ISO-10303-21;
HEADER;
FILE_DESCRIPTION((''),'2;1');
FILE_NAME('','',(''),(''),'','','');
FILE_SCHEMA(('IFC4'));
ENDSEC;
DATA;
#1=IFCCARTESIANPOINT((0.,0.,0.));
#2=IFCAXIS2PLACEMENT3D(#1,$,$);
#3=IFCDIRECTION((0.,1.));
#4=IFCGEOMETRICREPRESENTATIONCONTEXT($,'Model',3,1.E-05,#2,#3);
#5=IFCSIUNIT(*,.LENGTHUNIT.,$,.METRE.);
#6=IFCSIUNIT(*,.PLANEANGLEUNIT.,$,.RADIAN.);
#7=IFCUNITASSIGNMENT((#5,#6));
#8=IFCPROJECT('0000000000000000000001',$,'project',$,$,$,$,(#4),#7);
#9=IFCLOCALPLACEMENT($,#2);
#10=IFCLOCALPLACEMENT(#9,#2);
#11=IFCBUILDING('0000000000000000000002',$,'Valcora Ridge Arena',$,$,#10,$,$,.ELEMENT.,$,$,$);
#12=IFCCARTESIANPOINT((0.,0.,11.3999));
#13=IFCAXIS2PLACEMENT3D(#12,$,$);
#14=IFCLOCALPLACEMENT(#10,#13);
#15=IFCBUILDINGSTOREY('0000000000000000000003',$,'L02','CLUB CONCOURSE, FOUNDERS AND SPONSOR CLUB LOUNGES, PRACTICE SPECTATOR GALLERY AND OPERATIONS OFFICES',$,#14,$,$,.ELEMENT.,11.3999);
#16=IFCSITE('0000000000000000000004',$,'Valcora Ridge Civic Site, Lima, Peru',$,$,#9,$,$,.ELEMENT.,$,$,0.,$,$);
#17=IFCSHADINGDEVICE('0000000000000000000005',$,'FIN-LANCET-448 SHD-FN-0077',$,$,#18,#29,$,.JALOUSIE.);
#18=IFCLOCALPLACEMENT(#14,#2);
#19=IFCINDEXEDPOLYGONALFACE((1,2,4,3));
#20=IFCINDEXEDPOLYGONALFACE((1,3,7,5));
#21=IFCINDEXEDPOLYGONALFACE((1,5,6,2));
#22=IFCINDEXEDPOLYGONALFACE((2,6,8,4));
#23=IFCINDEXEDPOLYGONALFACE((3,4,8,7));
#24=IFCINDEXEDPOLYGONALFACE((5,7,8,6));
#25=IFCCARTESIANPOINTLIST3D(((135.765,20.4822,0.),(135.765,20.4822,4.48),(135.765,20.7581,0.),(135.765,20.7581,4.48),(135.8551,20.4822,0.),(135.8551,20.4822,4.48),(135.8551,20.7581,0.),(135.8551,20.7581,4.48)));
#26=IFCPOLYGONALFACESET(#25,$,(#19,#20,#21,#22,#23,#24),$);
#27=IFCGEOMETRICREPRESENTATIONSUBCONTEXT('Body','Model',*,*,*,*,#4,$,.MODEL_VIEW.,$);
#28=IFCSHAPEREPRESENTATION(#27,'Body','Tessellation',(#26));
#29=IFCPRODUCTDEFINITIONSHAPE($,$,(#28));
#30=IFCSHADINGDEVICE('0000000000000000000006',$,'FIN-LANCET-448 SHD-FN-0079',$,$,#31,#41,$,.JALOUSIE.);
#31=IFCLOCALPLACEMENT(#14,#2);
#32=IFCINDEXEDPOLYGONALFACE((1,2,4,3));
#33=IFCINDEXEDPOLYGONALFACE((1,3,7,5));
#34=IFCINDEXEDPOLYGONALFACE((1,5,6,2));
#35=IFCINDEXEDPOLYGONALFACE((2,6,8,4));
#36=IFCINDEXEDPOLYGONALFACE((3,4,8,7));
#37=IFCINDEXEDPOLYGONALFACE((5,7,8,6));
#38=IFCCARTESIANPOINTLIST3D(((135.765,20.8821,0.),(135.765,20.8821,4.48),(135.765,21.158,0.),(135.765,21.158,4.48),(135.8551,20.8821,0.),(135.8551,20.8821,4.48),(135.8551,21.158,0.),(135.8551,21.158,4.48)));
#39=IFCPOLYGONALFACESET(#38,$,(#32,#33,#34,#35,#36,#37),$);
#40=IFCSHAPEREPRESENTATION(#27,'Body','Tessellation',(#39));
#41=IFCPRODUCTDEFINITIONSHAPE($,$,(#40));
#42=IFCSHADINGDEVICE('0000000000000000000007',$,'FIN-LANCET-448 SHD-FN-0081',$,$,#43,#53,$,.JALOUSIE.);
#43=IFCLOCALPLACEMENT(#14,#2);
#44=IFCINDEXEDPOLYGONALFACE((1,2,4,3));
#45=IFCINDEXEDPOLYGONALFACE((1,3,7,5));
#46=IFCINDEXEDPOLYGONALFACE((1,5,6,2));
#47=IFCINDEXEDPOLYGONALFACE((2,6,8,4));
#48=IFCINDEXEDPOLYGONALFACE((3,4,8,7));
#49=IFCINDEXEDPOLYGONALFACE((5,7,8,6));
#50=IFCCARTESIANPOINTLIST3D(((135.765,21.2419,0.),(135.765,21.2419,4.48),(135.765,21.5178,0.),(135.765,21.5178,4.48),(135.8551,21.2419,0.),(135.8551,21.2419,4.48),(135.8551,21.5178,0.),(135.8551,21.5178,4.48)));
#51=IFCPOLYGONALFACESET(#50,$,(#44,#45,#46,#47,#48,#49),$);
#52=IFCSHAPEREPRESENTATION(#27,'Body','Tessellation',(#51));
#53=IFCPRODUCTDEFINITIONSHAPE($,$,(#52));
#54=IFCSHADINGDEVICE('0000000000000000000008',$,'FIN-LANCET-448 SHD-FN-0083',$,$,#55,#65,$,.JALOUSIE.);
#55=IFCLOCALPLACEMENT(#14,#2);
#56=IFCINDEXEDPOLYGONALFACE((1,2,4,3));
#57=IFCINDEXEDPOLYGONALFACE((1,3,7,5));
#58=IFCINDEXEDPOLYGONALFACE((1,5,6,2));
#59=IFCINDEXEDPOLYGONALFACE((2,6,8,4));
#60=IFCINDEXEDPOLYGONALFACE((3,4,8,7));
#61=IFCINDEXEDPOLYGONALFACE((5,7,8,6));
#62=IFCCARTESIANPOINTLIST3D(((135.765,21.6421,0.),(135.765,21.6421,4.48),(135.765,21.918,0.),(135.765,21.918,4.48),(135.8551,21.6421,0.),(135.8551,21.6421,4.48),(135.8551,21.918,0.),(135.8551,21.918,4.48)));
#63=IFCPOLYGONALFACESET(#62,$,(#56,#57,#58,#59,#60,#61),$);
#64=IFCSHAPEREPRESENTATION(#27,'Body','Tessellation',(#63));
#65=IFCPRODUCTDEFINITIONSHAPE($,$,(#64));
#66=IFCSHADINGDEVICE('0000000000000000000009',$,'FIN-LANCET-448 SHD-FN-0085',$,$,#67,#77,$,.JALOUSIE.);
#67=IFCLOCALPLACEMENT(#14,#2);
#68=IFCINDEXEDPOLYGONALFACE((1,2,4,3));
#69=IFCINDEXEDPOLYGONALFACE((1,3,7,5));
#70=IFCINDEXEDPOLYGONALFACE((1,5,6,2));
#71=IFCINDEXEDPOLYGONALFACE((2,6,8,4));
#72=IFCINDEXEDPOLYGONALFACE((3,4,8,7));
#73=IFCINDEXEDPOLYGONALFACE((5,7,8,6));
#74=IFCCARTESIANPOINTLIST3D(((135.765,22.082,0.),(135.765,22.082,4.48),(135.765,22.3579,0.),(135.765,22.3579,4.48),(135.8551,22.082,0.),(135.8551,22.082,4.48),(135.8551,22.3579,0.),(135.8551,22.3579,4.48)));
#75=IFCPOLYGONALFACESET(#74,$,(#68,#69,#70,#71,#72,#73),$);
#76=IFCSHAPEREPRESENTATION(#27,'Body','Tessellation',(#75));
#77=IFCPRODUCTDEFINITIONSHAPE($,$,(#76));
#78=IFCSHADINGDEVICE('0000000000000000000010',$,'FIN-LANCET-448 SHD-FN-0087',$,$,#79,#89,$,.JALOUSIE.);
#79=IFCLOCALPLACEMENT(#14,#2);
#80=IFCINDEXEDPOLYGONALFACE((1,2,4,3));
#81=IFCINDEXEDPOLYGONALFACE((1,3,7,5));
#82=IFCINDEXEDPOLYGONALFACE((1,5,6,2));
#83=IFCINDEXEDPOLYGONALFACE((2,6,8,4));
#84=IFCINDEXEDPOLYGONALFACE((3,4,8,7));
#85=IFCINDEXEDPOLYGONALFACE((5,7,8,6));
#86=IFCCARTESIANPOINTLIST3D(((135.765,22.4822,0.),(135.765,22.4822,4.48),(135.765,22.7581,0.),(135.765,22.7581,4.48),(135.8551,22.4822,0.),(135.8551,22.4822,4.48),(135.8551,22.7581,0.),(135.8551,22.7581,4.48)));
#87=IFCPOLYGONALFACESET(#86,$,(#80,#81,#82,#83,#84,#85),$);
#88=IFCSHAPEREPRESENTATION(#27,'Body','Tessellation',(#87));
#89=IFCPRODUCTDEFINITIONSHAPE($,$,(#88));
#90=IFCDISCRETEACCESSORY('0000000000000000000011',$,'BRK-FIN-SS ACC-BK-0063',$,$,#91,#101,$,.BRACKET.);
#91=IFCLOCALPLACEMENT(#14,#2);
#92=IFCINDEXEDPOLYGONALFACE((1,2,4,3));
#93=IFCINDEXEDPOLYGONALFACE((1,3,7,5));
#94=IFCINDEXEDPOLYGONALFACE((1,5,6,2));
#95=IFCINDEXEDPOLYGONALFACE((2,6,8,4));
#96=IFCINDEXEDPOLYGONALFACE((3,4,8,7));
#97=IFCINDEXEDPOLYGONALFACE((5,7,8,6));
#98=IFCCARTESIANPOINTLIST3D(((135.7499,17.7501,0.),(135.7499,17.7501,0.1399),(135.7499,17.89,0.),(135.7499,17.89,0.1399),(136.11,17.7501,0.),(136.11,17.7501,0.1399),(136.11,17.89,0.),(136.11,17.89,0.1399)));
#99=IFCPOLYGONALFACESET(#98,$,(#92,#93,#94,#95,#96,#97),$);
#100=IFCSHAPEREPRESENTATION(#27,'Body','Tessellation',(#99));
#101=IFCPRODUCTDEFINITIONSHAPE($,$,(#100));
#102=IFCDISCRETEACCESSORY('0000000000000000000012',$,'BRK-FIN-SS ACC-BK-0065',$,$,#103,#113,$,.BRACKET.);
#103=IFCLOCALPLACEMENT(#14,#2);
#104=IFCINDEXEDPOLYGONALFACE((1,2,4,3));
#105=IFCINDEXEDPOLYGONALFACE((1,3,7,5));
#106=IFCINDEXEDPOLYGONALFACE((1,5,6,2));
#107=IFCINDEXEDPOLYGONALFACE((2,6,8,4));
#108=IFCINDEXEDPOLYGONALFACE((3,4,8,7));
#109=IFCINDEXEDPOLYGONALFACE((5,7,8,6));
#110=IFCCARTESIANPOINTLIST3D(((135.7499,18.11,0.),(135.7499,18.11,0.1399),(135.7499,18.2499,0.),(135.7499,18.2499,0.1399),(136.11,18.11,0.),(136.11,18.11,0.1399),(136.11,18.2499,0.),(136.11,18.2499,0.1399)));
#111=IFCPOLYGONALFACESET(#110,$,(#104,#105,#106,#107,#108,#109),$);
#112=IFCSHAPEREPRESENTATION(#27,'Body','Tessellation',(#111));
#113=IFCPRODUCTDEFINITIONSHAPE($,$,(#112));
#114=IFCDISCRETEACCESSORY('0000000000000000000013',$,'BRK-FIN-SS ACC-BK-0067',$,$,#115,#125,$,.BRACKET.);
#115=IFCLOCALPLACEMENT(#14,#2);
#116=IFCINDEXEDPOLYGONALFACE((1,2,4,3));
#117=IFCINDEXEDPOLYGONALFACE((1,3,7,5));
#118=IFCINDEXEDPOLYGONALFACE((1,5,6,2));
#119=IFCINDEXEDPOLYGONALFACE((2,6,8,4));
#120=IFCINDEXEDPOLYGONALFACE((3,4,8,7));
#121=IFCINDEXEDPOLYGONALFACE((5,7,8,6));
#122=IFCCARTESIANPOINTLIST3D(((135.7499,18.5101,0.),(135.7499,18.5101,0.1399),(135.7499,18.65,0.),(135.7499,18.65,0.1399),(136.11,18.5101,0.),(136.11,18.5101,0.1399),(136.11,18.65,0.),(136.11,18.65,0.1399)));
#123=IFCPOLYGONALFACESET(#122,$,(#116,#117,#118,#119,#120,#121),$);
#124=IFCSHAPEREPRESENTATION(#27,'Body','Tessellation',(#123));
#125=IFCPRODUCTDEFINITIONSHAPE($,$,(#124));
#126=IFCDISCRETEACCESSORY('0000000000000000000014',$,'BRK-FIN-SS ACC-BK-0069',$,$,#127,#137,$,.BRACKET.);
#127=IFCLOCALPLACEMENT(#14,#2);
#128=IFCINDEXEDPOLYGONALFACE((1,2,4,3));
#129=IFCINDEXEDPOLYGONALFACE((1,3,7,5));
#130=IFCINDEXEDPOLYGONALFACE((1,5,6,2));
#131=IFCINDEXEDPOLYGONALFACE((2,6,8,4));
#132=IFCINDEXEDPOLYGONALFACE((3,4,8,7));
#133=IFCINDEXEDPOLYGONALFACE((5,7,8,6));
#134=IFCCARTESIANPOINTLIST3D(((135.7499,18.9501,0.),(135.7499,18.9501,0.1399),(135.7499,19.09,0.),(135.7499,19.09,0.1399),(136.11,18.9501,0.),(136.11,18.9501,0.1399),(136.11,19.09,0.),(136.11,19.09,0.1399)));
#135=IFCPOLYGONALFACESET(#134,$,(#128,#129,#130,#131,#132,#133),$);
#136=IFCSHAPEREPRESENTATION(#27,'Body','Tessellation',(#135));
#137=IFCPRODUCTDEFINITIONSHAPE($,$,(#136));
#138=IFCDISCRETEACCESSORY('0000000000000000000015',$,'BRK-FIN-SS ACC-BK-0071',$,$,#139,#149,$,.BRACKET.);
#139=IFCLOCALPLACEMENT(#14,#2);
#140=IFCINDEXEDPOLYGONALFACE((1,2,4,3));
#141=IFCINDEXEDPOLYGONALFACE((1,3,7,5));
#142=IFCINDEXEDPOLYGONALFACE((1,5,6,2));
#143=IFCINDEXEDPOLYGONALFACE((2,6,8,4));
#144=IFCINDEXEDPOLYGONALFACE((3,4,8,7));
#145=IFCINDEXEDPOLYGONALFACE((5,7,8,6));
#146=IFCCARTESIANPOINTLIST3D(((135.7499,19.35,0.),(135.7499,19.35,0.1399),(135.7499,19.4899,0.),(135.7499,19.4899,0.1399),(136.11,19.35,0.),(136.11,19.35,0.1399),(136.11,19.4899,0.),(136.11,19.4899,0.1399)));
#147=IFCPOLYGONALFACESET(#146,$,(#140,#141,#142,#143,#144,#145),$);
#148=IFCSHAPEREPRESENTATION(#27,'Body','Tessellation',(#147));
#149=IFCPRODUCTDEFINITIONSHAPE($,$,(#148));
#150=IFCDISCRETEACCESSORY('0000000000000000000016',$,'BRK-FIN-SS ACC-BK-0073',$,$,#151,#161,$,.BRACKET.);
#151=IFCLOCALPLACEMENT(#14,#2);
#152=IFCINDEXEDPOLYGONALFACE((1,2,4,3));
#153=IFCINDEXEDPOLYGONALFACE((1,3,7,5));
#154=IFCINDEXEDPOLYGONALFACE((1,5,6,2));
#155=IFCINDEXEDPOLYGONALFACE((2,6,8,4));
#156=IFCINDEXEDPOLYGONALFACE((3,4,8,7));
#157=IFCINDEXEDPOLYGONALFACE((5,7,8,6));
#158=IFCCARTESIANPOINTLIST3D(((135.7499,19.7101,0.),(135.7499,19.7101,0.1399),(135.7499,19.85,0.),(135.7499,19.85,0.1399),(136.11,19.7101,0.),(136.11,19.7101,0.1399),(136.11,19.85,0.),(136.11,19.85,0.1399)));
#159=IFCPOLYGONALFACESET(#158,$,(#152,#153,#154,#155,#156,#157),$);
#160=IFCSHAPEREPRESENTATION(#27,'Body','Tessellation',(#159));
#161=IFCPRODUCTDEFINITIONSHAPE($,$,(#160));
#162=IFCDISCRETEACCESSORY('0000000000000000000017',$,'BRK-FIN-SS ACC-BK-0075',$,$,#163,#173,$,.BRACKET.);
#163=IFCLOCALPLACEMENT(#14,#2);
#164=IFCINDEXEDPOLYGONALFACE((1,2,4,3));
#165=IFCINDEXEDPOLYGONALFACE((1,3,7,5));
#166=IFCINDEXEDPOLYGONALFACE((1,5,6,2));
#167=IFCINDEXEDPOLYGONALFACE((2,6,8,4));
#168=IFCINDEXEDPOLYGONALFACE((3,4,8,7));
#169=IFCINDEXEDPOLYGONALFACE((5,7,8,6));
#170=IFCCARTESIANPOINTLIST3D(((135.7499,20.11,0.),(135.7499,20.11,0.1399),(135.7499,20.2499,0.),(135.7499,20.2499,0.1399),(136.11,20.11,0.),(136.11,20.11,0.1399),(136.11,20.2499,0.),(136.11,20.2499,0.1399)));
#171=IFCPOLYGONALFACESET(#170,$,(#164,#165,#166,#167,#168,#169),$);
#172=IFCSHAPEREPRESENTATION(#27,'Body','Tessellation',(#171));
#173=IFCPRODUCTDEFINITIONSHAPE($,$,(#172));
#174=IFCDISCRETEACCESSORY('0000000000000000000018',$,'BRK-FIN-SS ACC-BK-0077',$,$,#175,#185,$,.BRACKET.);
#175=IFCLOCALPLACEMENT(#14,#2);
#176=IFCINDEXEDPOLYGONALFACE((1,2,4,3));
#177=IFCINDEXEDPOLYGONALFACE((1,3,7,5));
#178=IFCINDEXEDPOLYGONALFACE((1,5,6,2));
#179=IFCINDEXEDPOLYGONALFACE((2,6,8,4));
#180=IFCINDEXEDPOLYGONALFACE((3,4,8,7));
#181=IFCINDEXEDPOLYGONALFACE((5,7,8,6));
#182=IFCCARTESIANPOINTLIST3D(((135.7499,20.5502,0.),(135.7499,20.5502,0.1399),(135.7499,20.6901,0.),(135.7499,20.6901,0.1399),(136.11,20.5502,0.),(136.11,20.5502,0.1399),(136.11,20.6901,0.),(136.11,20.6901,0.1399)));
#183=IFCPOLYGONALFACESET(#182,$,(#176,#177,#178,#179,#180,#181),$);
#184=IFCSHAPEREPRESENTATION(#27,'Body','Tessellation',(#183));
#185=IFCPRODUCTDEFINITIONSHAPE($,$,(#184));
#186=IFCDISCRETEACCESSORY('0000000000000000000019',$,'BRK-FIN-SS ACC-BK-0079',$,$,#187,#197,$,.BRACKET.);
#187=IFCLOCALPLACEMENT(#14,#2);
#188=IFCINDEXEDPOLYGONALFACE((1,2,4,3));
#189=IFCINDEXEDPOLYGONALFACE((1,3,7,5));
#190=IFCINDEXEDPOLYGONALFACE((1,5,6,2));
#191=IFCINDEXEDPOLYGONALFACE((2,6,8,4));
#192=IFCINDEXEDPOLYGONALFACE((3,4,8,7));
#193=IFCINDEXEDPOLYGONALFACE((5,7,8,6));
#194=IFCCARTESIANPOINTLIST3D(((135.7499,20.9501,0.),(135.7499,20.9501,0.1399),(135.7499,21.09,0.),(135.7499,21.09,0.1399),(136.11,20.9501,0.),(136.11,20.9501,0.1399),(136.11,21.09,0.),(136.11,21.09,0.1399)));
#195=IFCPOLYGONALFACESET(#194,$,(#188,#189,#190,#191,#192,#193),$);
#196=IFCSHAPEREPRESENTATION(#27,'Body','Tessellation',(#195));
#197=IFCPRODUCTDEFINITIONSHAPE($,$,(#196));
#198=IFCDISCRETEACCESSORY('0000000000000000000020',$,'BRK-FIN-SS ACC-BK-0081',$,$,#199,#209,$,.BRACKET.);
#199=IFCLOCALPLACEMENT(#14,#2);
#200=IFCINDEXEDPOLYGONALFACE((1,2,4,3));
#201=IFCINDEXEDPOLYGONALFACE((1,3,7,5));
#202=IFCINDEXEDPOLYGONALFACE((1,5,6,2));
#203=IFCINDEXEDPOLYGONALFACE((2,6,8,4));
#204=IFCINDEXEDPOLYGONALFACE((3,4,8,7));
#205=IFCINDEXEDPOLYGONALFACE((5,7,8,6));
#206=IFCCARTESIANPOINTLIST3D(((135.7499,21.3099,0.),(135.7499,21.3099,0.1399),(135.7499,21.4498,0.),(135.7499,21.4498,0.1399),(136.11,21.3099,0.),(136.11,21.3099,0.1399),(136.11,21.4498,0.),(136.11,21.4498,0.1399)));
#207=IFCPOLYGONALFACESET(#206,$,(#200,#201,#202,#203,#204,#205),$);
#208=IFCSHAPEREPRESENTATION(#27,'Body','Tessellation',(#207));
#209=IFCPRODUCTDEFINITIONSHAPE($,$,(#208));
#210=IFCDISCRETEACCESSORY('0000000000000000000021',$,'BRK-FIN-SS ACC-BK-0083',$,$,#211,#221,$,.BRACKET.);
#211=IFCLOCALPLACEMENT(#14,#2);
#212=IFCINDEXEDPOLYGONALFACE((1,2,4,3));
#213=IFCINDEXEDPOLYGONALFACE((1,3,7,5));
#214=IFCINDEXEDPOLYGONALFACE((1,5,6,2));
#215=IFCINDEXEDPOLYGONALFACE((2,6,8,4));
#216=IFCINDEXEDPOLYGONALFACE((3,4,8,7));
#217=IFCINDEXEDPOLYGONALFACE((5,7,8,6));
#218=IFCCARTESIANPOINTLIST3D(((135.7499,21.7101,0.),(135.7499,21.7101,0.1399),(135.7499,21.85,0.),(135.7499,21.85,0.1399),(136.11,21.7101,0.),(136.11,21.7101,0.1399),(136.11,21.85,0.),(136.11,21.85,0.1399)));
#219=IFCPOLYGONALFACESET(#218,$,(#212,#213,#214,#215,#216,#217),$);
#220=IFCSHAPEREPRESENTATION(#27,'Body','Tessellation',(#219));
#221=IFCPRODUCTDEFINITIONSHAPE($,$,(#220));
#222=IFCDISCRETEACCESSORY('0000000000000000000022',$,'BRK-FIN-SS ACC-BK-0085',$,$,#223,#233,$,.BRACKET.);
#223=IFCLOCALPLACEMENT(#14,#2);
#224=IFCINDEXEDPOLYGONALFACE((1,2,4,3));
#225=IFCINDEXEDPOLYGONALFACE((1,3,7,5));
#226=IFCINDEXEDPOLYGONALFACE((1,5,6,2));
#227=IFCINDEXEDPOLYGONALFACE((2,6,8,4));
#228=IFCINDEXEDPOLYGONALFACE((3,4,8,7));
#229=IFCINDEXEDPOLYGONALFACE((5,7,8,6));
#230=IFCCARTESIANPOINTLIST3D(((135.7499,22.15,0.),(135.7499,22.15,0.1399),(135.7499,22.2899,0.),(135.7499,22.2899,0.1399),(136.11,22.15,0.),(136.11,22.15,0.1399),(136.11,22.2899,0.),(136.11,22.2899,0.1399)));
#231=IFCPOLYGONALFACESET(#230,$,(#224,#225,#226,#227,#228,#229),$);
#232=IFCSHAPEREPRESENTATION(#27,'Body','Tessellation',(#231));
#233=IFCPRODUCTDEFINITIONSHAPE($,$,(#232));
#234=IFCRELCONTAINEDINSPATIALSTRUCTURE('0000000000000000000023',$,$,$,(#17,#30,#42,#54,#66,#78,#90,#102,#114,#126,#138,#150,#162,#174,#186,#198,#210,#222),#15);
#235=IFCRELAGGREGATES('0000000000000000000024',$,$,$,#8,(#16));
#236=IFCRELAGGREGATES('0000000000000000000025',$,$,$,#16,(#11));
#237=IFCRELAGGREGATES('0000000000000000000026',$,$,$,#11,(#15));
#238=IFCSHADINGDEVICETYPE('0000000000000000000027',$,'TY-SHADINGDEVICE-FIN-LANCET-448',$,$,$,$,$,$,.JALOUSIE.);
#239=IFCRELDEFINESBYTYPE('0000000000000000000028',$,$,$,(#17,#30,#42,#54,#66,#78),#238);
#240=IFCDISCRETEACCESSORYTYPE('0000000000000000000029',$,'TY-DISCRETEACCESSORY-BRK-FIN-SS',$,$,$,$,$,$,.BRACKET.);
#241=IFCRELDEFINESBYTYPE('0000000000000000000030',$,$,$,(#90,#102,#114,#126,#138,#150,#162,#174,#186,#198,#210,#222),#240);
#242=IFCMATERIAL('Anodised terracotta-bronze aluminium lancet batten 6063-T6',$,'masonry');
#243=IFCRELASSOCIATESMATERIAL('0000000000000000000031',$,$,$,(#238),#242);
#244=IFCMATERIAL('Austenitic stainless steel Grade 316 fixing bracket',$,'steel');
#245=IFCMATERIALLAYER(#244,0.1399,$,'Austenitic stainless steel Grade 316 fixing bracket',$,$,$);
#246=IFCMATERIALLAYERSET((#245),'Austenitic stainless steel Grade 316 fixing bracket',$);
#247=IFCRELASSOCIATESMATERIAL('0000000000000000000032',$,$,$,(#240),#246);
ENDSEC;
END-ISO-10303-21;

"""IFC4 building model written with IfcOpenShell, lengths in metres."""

from ifc_helpers import new_model, si_unit, direction, frame, origin, origin_2d, place, context, subcontext, project, spatial, rectangle, extrude, material, layer, layer_set, material_profile, profile_set, type_object, element, save


model = new_model("IFC4")

# Units and contexts
model_context = context("Model", 3, precision=1e-05, world=origin(), true_north=direction((0.0, 1.0)))
body_context = subcontext(model_context, "Body", "Model", "MODEL_VIEW")
ifc_project = project(units=[si_unit("LENGTHUNIT", "METRE"), si_unit("PLANEANGLEUNIT", "RADIAN")], contexts=[model_context])

# Site, building, storey
site_placement = place(None, origin())
site = spatial("IfcSite", under=ifc_project, at=site_placement, Name="Valcora Ridge Civic Site, Lima, Peru", CompositionType="ELEMENT", RefElevation=0.0)
building_placement = place(site_placement, origin())
building = spatial("IfcBuilding", under=site, at=building_placement, Name="Valcora Ridge Arena", CompositionType="ELEMENT")
storey_placement = place(building_placement, frame((0.0, 0.0, 11.3999)))
storey = spatial("IfcBuildingStorey", under=building, at=storey_placement, Name="L02", Description="CLUB CONCOURSE, FOUNDERS AND SPONSOR CLUB LOUNGES, PRACTICE SPECTATOR GALLERY AND OPERATIONS OFFICES", CompositionType="ELEMENT", Elevation=11.3999)

# Shared definitions
ifc_material_1 = material(Name="Anodised terracotta-bronze aluminium lancet batten 6063-T6", Category="masonry")

# Shading devices
ifc_material_profile = material_profile(ifc_material_1, rectangle(XDim=0.0901, YDim=0.2759, at=origin_2d()), Name="ALU LANCET BATTEN 90x276")
ifc_profile_set = profile_set([ifc_material_profile], Name="Anodised terracotta-bronze aluminium lancet batten 6063-T6")
shading_device_type = type_object("IfcShadingDeviceType", Name="TY-SHADINGDEVICE-FIN-LANCET-448", PredefinedType="JALOUSIE", material=ifc_profile_set)
for number, where, z_axis, x_axis, name in (
    (1, (135.8101, 20.6201, 0.0), (0.0, 0.0, 1.0), (1.0, 0.0, 0.0), "FIN-LANCET-448 SHD-FN-0077"),
    (2, (135.8101, 21.02, 0.0), (0.0, 0.0, 1.0), (1.0, 0.0, 0.0), "FIN-LANCET-448 SHD-FN-0079"),
    (3, (135.8101, 21.3799, 0.0), (0.0, 0.0, 1.0), (1.0, 0.0, 0.0), "FIN-LANCET-448 SHD-FN-0081"),
    (4, (135.8101, 21.78, 0.0), (0.0, 0.0, 1.0), (1.0, 0.0, 0.0), "FIN-LANCET-448 SHD-FN-0083"),
    (5, (135.8101, 22.22, 0.0), (0.0, 0.0, 1.0), (1.0, 0.0, 0.0), "FIN-LANCET-448 SHD-FN-0085"),
    (6, (135.8101, 22.6201, 0.0), (0.0, 0.0, 1.0), (1.0, 0.0, 0.0), "FIN-LANCET-448 SHD-FN-0087"),
):
    element("IfcShadingDevice", number, at=place(storey_placement, frame(where, z_axis=z_axis, x_axis=x_axis)), inside=storey, type_object=shading_device_type, Name=name, PredefinedType="JALOUSIE", context=body_context, shape_type="SweptSolid", body=[
        extrude(rectangle(XDim=0.0901, YDim=0.2759, at=origin_2d()), origin(), (0.0, 0.0, 1.0), 4.48),
    ])

# Discrete accessories
ifc_material_2 = material(Name="Austenitic stainless steel Grade 316 fixing bracket", Category="steel")
ifc_layer_1 = layer(ifc_material_2, 0.1399, Name="Austenitic stainless steel Grade 316 fixing bracket")
ifc_layer_set_1 = layer_set([ifc_layer_1], Name="Austenitic stainless steel Grade 316 fixing bracket")
discrete_accessory_type = type_object("IfcDiscreteAccessoryType", Name="TY-DISCRETEACCESSORY-BRK-FIN-SS", PredefinedType="BRACKET", material=ifc_layer_set_1)
for number, where, z_axis, x_axis, name in (
    (7, (135.9299, 17.8201, 0.0), (0.0, 0.0, 1.0), (1.0, 0.0, 0.0), "BRK-FIN-SS ACC-BK-0063"),
    (8, (135.9299, 18.1799, 0.0), (0.0, 0.0, 1.0), (1.0, 0.0, 0.0), "BRK-FIN-SS ACC-BK-0065"),
    (9, (135.9299, 18.5801, 0.0), (0.0, 0.0, 1.0), (1.0, 0.0, 0.0), "BRK-FIN-SS ACC-BK-0067"),
    (10, (135.9299, 19.02, 0.0), (0.0, 0.0, 1.0), (1.0, 0.0, 0.0), "BRK-FIN-SS ACC-BK-0069"),
    (11, (135.9299, 19.4199, 0.0), (0.0, 0.0, 1.0), (1.0, 0.0, 0.0), "BRK-FIN-SS ACC-BK-0071"),
    (12, (135.9299, 19.78, 0.0), (0.0, 0.0, 1.0), (1.0, 0.0, 0.0), "BRK-FIN-SS ACC-BK-0073"),
    (13, (135.9299, 20.1799, 0.0), (0.0, 0.0, 1.0), (1.0, 0.0, 0.0), "BRK-FIN-SS ACC-BK-0075"),
    (14, (135.9299, 20.6201, 0.0), (0.0, 0.0, 1.0), (1.0, 0.0, 0.0), "BRK-FIN-SS ACC-BK-0077"),
    (15, (135.9299, 21.02, 0.0), (0.0, 0.0, 1.0), (1.0, 0.0, 0.0), "BRK-FIN-SS ACC-BK-0079"),
    (16, (135.9299, 21.3799, 0.0), (0.0, 0.0, 1.0), (1.0, 0.0, 0.0), "BRK-FIN-SS ACC-BK-0081"),
    (17, (135.9299, 21.78, 0.0), (0.0, 0.0, 1.0), (1.0, 0.0, 0.0), "BRK-FIN-SS ACC-BK-0083"),
    (18, (135.9299, 22.22, 0.0), (0.0, 0.0, 1.0), (1.0, 0.0, 0.0), "BRK-FIN-SS ACC-BK-0085"),
):
    element("IfcDiscreteAccessory", number, at=place(storey_placement, frame(where, z_axis=z_axis, x_axis=x_axis)), inside=storey, type_object=discrete_accessory_type, Name=name, PredefinedType="BRACKET", context=body_context, shape_type="SweptSolid", body=[
        extrude(rectangle(XDim=0.3601, YDim=0.1399, at=origin_2d()), origin(), (0.0, 0.0, 1.0), 0.1399),
    ])

save(model, "model.ifc")
